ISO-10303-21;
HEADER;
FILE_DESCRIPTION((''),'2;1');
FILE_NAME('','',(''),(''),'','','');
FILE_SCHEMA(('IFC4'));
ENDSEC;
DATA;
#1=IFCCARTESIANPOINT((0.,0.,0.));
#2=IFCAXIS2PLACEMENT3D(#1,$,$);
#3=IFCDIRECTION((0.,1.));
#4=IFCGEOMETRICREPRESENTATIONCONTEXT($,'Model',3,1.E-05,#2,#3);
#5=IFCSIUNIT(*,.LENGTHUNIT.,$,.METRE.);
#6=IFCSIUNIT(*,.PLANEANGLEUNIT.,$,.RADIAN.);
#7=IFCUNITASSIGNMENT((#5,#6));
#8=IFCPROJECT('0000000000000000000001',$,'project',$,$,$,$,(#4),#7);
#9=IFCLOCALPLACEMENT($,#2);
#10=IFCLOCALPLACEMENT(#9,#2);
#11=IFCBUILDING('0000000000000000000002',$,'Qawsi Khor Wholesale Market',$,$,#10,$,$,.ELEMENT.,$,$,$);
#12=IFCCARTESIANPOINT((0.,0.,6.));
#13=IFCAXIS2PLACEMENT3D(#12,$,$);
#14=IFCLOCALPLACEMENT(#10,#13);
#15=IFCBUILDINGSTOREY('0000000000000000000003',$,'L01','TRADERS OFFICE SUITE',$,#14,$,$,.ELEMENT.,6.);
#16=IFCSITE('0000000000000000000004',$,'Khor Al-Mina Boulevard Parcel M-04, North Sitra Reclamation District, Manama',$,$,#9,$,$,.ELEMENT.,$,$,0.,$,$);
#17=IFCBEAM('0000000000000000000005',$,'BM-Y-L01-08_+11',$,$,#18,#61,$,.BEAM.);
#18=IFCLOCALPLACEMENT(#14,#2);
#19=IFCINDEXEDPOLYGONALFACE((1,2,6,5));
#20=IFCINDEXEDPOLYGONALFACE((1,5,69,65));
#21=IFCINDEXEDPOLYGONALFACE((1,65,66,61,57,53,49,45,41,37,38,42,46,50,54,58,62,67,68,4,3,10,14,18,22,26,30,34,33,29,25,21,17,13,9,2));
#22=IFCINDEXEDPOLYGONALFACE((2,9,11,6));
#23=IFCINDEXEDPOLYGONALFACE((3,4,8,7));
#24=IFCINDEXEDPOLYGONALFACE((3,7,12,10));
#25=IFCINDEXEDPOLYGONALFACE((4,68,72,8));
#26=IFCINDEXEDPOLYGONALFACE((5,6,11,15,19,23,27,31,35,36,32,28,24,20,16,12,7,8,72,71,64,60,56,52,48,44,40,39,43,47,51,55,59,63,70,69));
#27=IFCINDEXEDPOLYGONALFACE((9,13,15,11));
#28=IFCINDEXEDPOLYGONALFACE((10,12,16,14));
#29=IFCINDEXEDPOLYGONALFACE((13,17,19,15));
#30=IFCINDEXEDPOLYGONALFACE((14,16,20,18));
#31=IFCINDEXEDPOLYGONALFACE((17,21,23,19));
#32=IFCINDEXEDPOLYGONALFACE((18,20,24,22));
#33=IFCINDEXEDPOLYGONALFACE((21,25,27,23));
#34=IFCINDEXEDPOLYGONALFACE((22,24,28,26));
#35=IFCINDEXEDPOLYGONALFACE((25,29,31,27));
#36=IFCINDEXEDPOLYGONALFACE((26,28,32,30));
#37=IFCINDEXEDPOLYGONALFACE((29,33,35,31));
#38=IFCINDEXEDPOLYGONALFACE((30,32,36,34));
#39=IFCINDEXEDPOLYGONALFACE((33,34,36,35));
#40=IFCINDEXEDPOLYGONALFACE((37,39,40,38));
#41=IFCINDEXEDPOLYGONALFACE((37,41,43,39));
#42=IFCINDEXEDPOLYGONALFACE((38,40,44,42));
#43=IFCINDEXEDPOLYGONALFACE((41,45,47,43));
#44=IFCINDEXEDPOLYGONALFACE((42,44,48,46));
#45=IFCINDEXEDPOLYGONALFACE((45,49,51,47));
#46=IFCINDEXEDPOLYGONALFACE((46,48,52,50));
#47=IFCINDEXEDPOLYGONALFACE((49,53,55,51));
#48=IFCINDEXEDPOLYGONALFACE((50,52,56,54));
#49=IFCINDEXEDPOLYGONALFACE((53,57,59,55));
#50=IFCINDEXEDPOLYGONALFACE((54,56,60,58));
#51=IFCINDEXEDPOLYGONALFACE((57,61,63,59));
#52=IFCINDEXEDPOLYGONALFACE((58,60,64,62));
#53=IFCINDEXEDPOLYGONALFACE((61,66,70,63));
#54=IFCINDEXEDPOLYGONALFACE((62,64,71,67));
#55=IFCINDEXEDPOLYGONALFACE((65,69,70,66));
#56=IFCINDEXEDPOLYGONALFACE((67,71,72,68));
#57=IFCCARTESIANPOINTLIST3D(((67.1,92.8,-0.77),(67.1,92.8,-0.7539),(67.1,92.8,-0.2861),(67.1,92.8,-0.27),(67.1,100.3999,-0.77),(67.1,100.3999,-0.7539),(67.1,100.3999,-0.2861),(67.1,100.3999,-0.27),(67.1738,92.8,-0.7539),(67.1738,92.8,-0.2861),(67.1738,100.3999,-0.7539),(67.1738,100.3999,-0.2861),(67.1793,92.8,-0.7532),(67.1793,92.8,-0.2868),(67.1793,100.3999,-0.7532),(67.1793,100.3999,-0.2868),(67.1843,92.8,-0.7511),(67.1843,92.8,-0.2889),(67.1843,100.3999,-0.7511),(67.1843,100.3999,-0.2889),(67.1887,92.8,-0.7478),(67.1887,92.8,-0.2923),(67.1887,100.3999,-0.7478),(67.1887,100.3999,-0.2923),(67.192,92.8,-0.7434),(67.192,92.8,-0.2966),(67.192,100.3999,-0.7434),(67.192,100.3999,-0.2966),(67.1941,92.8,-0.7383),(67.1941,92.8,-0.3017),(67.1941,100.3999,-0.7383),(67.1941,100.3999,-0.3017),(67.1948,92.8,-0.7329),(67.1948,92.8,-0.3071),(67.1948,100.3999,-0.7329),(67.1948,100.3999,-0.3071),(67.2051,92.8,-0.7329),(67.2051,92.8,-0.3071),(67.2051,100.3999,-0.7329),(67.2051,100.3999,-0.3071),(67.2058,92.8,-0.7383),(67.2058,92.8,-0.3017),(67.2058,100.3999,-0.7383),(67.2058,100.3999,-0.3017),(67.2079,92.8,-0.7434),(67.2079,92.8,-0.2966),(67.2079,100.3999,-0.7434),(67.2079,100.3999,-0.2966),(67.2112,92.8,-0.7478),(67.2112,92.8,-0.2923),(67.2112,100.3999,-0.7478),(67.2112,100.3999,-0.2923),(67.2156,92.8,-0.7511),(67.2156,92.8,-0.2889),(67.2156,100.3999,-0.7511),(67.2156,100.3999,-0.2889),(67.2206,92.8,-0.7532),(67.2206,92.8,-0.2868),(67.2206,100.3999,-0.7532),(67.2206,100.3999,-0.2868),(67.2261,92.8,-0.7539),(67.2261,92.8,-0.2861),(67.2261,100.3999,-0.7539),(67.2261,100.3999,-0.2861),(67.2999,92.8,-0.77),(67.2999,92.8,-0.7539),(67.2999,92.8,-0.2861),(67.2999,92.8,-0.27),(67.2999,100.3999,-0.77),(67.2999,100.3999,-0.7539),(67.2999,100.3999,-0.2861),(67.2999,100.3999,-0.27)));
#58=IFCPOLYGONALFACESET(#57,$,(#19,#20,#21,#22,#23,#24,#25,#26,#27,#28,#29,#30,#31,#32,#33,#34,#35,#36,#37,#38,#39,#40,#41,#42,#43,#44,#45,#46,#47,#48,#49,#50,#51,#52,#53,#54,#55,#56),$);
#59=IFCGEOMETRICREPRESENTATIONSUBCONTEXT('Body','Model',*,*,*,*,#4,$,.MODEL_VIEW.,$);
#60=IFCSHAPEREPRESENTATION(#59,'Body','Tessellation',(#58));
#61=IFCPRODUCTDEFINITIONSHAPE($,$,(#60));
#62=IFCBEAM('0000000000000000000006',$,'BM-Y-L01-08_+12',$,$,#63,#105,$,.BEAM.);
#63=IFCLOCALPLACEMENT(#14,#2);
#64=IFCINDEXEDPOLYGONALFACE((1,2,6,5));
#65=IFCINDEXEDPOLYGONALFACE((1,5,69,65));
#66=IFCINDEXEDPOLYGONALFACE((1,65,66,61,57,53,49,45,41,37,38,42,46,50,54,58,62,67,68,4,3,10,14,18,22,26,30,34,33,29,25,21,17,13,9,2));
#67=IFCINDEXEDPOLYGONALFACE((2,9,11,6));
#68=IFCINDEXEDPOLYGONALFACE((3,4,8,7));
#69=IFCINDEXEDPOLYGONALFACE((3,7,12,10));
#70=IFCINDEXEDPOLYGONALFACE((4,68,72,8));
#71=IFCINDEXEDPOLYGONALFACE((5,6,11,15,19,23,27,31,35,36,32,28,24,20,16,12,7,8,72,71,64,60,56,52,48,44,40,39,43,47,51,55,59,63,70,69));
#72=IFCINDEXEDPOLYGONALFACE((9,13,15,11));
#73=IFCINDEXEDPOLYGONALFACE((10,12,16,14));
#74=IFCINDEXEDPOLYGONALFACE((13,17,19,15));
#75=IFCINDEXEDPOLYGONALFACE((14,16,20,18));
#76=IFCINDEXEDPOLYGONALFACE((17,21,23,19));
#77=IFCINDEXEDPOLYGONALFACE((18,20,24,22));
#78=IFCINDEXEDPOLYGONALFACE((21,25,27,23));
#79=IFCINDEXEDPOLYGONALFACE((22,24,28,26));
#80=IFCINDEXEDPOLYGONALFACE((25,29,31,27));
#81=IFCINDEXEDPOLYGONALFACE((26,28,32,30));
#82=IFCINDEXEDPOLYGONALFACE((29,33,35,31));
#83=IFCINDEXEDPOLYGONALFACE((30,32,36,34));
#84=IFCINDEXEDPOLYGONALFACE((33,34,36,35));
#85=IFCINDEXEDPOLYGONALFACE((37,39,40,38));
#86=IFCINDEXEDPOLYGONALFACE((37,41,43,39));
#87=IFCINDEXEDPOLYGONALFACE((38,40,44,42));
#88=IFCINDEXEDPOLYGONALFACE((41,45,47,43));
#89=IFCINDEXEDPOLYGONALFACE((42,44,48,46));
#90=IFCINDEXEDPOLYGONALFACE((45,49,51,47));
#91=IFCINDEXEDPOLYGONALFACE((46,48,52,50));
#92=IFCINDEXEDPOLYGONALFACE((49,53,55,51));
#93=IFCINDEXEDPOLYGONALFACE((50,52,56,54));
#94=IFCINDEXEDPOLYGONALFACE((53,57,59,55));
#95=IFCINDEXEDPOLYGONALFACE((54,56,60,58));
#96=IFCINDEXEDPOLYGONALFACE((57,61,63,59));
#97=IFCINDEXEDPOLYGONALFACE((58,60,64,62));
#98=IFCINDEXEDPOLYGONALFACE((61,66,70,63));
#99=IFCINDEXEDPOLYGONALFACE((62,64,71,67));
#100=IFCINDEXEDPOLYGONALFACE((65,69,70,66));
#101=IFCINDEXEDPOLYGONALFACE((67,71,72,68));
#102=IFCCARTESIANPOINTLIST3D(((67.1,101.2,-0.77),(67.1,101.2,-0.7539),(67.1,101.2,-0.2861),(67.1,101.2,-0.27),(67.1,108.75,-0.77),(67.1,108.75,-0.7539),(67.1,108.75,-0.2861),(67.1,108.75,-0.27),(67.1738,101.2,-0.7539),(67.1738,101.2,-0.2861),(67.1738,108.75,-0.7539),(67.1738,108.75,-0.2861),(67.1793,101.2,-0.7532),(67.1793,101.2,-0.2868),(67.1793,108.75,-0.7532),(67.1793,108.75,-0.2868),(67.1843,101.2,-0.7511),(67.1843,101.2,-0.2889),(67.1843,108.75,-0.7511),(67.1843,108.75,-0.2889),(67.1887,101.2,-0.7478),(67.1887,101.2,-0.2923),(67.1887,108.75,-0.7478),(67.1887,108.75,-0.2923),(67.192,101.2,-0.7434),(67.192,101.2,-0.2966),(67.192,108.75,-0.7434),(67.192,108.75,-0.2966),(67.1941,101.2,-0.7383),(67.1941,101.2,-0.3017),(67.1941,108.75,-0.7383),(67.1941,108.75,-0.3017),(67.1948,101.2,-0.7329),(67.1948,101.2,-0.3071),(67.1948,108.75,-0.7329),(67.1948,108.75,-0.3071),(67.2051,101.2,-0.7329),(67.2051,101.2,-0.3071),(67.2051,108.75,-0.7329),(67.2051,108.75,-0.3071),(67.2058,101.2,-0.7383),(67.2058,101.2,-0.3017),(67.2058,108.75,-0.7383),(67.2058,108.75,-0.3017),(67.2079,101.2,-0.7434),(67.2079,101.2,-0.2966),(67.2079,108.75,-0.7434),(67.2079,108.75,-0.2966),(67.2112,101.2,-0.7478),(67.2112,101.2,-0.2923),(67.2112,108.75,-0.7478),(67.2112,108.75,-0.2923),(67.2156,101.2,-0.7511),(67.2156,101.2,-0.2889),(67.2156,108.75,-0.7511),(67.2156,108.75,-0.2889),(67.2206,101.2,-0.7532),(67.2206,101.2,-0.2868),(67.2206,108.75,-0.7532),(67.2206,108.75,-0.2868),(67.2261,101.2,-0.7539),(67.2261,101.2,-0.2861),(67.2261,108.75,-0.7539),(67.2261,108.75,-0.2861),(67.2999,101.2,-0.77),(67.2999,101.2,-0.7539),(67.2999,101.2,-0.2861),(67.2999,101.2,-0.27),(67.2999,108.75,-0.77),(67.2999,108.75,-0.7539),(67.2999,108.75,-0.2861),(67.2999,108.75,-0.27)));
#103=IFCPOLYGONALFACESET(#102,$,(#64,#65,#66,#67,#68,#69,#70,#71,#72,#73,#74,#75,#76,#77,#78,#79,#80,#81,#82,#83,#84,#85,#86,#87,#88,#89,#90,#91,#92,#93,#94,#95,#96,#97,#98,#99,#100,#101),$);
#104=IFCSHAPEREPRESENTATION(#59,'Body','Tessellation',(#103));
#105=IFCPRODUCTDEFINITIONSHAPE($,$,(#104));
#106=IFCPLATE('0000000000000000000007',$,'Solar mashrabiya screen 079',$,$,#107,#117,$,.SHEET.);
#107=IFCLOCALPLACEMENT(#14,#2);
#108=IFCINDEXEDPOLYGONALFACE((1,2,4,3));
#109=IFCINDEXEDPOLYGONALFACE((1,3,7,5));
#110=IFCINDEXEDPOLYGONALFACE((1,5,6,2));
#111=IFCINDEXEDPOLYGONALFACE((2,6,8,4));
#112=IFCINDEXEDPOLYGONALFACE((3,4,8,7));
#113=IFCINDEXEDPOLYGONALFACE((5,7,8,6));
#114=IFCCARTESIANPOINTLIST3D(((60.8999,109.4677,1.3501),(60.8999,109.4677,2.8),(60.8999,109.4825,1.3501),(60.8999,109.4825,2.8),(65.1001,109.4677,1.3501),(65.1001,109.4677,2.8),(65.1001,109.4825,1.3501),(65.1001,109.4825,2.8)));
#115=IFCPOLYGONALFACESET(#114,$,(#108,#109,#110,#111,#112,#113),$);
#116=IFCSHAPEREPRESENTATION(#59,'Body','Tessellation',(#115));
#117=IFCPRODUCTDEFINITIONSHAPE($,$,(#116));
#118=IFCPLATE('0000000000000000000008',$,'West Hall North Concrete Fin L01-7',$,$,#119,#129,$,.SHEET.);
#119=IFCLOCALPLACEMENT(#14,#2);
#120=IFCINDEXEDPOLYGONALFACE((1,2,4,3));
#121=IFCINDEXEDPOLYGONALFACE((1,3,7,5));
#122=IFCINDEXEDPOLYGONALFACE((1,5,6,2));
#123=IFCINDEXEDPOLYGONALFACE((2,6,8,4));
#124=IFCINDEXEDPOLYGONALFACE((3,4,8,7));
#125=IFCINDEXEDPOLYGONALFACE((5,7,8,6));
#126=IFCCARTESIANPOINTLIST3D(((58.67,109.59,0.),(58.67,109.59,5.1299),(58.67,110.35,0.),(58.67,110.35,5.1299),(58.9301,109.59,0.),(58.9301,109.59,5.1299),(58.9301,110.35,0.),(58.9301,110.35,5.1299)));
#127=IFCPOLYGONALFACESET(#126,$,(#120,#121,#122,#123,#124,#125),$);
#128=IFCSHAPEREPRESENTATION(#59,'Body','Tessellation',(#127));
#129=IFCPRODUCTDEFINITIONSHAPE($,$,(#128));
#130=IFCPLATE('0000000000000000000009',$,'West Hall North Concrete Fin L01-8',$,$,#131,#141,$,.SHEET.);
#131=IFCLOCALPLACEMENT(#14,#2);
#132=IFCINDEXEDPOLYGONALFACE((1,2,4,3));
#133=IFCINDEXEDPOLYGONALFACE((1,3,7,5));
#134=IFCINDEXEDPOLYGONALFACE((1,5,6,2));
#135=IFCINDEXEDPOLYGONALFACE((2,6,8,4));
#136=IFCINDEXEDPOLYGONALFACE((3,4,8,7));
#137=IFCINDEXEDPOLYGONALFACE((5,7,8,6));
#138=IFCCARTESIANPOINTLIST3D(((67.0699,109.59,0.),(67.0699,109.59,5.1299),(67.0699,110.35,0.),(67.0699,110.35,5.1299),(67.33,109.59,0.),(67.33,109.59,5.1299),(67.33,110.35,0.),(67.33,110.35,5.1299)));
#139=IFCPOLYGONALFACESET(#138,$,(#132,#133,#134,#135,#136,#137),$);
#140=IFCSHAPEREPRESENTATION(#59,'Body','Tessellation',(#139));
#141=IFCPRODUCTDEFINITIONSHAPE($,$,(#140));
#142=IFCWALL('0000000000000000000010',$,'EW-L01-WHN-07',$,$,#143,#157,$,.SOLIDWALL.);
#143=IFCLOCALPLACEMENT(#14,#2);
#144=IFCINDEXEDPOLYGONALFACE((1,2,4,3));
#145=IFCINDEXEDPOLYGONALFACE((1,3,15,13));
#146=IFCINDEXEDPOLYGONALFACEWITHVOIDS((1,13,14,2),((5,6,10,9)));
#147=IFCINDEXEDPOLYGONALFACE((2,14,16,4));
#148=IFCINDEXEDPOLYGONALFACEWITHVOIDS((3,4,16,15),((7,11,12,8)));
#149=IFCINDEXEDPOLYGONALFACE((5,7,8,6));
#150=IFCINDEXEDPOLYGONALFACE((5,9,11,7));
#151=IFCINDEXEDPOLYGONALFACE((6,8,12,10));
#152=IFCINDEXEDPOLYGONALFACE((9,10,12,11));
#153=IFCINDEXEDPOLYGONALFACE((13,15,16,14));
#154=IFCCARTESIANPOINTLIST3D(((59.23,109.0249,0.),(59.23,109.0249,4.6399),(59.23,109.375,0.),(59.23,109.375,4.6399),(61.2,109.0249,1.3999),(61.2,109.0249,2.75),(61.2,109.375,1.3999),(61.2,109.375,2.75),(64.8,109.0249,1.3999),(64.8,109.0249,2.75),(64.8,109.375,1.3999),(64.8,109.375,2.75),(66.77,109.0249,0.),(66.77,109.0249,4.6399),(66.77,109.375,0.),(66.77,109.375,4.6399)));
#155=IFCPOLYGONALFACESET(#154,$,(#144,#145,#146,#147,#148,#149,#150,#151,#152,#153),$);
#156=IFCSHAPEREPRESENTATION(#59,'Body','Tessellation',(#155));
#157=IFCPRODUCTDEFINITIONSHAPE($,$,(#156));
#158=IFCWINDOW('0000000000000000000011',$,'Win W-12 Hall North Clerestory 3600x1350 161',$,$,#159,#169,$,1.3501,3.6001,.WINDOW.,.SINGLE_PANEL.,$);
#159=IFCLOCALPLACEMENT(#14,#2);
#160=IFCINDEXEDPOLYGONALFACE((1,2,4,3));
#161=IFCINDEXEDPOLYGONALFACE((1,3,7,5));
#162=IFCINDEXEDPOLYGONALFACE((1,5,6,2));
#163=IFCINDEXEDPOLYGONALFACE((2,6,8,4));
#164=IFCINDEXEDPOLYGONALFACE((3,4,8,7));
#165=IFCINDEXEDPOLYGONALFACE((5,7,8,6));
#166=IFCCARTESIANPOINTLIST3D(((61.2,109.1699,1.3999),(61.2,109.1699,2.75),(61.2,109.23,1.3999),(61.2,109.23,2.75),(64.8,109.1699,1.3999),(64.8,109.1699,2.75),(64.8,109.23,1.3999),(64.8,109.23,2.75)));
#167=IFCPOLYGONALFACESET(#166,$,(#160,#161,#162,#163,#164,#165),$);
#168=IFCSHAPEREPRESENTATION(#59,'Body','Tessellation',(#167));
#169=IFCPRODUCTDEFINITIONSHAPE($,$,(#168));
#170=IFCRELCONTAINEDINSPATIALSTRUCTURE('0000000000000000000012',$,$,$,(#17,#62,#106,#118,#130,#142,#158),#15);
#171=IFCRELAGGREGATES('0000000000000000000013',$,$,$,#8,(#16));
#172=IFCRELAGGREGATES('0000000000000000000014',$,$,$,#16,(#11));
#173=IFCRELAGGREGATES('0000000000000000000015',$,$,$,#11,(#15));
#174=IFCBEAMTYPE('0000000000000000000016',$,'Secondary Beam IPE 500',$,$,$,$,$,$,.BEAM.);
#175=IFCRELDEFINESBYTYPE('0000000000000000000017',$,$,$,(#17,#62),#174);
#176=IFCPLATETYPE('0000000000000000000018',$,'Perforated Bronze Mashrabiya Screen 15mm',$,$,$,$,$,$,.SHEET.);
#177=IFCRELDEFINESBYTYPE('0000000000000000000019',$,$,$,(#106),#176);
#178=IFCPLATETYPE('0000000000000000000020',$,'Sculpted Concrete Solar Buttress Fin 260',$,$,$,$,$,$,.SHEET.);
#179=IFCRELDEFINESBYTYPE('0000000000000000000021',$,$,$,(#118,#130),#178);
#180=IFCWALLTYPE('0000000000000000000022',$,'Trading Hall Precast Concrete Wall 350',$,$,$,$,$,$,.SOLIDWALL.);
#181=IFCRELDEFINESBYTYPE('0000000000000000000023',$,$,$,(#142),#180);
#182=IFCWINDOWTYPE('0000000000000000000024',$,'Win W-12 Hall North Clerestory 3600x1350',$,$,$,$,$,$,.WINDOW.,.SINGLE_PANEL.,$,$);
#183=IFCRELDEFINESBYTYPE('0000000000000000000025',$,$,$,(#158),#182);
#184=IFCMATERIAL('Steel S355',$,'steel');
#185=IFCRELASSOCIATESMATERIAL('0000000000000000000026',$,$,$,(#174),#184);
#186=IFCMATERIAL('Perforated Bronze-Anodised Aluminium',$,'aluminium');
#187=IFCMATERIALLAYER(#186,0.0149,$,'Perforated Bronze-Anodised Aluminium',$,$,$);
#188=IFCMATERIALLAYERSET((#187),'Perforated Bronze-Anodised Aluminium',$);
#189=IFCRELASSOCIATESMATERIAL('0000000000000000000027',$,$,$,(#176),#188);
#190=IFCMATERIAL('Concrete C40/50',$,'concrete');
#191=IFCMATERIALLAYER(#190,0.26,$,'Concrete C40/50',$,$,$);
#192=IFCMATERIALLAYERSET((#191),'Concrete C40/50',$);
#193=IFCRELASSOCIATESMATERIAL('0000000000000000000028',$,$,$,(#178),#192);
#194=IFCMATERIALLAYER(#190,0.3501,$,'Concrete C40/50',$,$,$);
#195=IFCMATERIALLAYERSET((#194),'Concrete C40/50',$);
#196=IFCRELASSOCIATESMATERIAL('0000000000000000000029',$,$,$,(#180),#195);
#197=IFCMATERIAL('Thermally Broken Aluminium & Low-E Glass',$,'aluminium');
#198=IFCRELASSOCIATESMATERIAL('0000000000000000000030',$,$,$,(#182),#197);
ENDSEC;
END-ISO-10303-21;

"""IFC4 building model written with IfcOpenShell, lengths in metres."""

from ifc_helpers import new_model, si_unit, direction, frame, frame_2d, origin, origin_2d, place, context, subcontext, project, spatial, rectangle, i_section, extrude, material, layer, layer_set, material_profile, profile_set, type_object, element, fill, save


model = new_model("IFC4")

# Units and contexts
model_context = context("Model", 3, precision=1e-05, world=origin(), true_north=direction((0.0, 1.0)))
body_context = subcontext(model_context, "Body", "Model", "MODEL_VIEW")
ifc_project = project(units=[si_unit("LENGTHUNIT", "METRE"), si_unit("PLANEANGLEUNIT", "RADIAN")], contexts=[model_context])

# Site, building, storey
site_placement = place(None, origin())
site = spatial("IfcSite", under=ifc_project, at=site_placement, Name="Khor Al-Mina Boulevard Parcel M-04, North Sitra Reclamation District, Manama", CompositionType="ELEMENT", RefElevation=0.0)
building_placement = place(site_placement, origin())
building = spatial("IfcBuilding", under=site, at=building_placement, Name="Qawsi Khor Wholesale Market", CompositionType="ELEMENT")
storey_placement = place(building_placement, frame((0.0, 0.0, 6.0)))
storey = spatial("IfcBuildingStorey", under=building, at=storey_placement, Name="L01", Description="TRADERS OFFICE SUITE", CompositionType="ELEMENT", Elevation=6.0)

# Shared definitions
ifc_material_1 = material(Name="Concrete C40/50", Category="concrete")

# Beams
ifc_material_2 = material(Name="Steel S355", Category="steel")
ifc_material_profile_1 = material_profile(ifc_material_2, i_section(OverallWidth=0.2, OverallDepth=0.5, WebThickness=0.0103, FlangeThickness=0.0161, FilletRadius=0.021, at=origin_2d()), Name="IPE 500")
ifc_profile_set_1 = profile_set([ifc_material_profile_1], Name="Steel S355")
beam_type_1 = type_object("IfcBeamType", Name="Secondary Beam IPE 500", PredefinedType="BEAM", material=ifc_profile_set_1)
beam_1_placement = place(storey_placement, frame((67.2, 92.8, -0.52), z_axis=(0.0, 1.0, 0.0), x_axis=(-1.0, 0.0, 0.0)))
element("IfcBeam", 1, at=beam_1_placement, inside=storey, type_object=beam_type_1, Name="BM-Y-L01-08_+11", PredefinedType="BEAM", context=body_context, shape_type="SweptSolid", body=[
    extrude(i_section(OverallWidth=0.2, OverallDepth=0.5, WebThickness=0.0103, FlangeThickness=0.0161, FilletRadius=0.021, at=origin_2d()), origin(), (0.0, 0.0, 1.0), 7.5999),
])
beam_2_placement = place(storey_placement, frame((67.2, 101.2, -0.52), z_axis=(0.0, 1.0, 0.0), x_axis=(-1.0, 0.0, 0.0)))
element("IfcBeam", 2, at=beam_2_placement, inside=storey, type_object=beam_type_1, Name="BM-Y-L01-08_+12", PredefinedType="BEAM", context=body_context, shape_type="SweptSolid", body=[
    extrude(i_section(OverallWidth=0.2, OverallDepth=0.5, WebThickness=0.0103, FlangeThickness=0.0161, FilletRadius=0.021, at=origin_2d()), origin(), (0.0, 0.0, 1.0), 7.55),
])

# Plates
ifc_material_3 = material(Name="Perforated Bronze-Anodised Aluminium", Category="aluminium")
ifc_layer_1 = layer(ifc_material_3, 0.0149, Name="Perforated Bronze-Anodised Aluminium")
ifc_layer_set_1 = layer_set([ifc_layer_1], Name="Perforated Bronze-Anodised Aluminium")
plate_type_1 = type_object("IfcPlateType", Name="Perforated Bronze Mashrabiya Screen 15mm", PredefinedType="SHEET", material=ifc_layer_set_1)
plate_placement = place(storey_placement, frame((60.8999, 109.4751, 1.3501), z_axis=(0.0, 0.0, 1.0), x_axis=(1.0, 0.0, 0.0)))
element("IfcPlate", 3, at=plate_placement, inside=storey, type_object=plate_type_1, Name="Solar mashrabiya screen 079", PredefinedType="SHEET", context=body_context, shape_type="SweptSolid", body=[
    extrude(rectangle(XDim=4.2002, YDim=0.0149, at=frame_2d((2.1001, 0.0))), origin(), (0.0, 0.0, 1.0), 1.45),
])
ifc_layer_2 = layer(ifc_material_1, 0.26, Name="Concrete C40/50")
ifc_layer_set_2 = layer_set([ifc_layer_2], Name="Concrete C40/50")
plate_type_2 = type_object("IfcPlateType", Name="Sculpted Concrete Solar Buttress Fin 260", PredefinedType="SHEET", material=ifc_layer_set_2)
for number, where, z_axis, x_axis, name in (
    (4, (58.8, 109.5901, 0.0), (0.0, 0.0, 1.0), (0.0, 1.0, 0.0), "West Hall North Concrete Fin L01-7"),
    (5, (67.2, 109.5901, 0.0), (0.0, 0.0, 1.0), (0.0, 1.0, 0.0), "West Hall North Concrete Fin L01-8"),
):
    element("IfcPlate", number, at=place(storey_placement, frame(where, z_axis=z_axis, x_axis=x_axis)), inside=storey, type_object=plate_type_2, Name=name, PredefinedType="SHEET", context=body_context, shape_type="SweptSolid", body=[
        extrude(rectangle(XDim=0.76, YDim=0.26, at=frame_2d((0.3799, 0.0))), origin(), (0.0, 0.0, 1.0), 5.1299),
    ])

# Wall, opening, window
ifc_layer_3 = layer(ifc_material_1, 0.3501, Name="Concrete C40/50")
ifc_layer_set_3 = layer_set([ifc_layer_3], Name="Concrete C40/50")
wall_type = type_object("IfcWallType", Name="Trading Hall Precast Concrete Wall 350", PredefinedType="SOLIDWALL", material=ifc_layer_set_3)
wall_1_placement = place(storey_placement, frame((59.23, 109.2, 0.0), z_axis=(0.0, 0.0, 1.0), x_axis=(1.0, 0.0, 0.0)))
wall_1 = element("IfcWall", 6, at=wall_1_placement, inside=storey, type_object=wall_type, Name="EW-L01-WHN-07", PredefinedType="SOLIDWALL", context=body_context, shape_type="SweptSolid", body=[
    extrude(rectangle(XDim=7.54, YDim=0.3501, at=frame_2d((3.77, 0.0))), origin(), (0.0, 0.0, 1.0), 4.6399),
])
opening_1_placement = place(wall_1_placement, frame((1.97, 0.0, 1.3999)))
opening_1 = element("IfcOpeningElement", 7, at=opening_1_placement, cuts=wall_1, PredefinedType="OPENING", context=body_context, shape_type="SweptSolid", body=[
    extrude(rectangle(XDim=3.6001, YDim=1.3501, at=frame_2d((1.8, 0.675))), frame((0.0, 0.1851, 0.0), z_axis=(0.0, -1.0, 0.0), x_axis=(1.0, 0.0, 0.0)), (0.0, 0.0, 1.0), 0.3701),
])
ifc_material_4 = material(Name="Thermally Broken Aluminium & Low-E Glass", Category="aluminium")
window_type = type_object("IfcWindowType", Name="Win W-12 Hall North Clerestory 3600x1350", PartitioningType="SINGLE_PANEL", PredefinedType="WINDOW", material=ifc_material_4)
window_1_placement = place(opening_1_placement, origin())
window_1 = element("IfcWindow", 8, at=window_1_placement, inside=storey, type_object=window_type, Name="Win W-12 Hall North Clerestory 3600x1350 161", OverallHeight=1.3501, OverallWidth=3.6001, PartitioningType="SINGLE_PANEL", PredefinedType="WINDOW", context=body_context, shape_type="SweptSolid", body=[
    extrude(rectangle(XDim=3.6001, YDim=1.3501, at=frame_2d((1.8, 0.675))), frame((0.0, 0.03, 0.0), z_axis=(0.0, -1.0, 0.0), x_axis=(1.0, 0.0, 0.0)), (0.0, 0.0, 1.0), 0.0601),
])
fill(opening_1, window_1)

save(model, "model.ifc")
